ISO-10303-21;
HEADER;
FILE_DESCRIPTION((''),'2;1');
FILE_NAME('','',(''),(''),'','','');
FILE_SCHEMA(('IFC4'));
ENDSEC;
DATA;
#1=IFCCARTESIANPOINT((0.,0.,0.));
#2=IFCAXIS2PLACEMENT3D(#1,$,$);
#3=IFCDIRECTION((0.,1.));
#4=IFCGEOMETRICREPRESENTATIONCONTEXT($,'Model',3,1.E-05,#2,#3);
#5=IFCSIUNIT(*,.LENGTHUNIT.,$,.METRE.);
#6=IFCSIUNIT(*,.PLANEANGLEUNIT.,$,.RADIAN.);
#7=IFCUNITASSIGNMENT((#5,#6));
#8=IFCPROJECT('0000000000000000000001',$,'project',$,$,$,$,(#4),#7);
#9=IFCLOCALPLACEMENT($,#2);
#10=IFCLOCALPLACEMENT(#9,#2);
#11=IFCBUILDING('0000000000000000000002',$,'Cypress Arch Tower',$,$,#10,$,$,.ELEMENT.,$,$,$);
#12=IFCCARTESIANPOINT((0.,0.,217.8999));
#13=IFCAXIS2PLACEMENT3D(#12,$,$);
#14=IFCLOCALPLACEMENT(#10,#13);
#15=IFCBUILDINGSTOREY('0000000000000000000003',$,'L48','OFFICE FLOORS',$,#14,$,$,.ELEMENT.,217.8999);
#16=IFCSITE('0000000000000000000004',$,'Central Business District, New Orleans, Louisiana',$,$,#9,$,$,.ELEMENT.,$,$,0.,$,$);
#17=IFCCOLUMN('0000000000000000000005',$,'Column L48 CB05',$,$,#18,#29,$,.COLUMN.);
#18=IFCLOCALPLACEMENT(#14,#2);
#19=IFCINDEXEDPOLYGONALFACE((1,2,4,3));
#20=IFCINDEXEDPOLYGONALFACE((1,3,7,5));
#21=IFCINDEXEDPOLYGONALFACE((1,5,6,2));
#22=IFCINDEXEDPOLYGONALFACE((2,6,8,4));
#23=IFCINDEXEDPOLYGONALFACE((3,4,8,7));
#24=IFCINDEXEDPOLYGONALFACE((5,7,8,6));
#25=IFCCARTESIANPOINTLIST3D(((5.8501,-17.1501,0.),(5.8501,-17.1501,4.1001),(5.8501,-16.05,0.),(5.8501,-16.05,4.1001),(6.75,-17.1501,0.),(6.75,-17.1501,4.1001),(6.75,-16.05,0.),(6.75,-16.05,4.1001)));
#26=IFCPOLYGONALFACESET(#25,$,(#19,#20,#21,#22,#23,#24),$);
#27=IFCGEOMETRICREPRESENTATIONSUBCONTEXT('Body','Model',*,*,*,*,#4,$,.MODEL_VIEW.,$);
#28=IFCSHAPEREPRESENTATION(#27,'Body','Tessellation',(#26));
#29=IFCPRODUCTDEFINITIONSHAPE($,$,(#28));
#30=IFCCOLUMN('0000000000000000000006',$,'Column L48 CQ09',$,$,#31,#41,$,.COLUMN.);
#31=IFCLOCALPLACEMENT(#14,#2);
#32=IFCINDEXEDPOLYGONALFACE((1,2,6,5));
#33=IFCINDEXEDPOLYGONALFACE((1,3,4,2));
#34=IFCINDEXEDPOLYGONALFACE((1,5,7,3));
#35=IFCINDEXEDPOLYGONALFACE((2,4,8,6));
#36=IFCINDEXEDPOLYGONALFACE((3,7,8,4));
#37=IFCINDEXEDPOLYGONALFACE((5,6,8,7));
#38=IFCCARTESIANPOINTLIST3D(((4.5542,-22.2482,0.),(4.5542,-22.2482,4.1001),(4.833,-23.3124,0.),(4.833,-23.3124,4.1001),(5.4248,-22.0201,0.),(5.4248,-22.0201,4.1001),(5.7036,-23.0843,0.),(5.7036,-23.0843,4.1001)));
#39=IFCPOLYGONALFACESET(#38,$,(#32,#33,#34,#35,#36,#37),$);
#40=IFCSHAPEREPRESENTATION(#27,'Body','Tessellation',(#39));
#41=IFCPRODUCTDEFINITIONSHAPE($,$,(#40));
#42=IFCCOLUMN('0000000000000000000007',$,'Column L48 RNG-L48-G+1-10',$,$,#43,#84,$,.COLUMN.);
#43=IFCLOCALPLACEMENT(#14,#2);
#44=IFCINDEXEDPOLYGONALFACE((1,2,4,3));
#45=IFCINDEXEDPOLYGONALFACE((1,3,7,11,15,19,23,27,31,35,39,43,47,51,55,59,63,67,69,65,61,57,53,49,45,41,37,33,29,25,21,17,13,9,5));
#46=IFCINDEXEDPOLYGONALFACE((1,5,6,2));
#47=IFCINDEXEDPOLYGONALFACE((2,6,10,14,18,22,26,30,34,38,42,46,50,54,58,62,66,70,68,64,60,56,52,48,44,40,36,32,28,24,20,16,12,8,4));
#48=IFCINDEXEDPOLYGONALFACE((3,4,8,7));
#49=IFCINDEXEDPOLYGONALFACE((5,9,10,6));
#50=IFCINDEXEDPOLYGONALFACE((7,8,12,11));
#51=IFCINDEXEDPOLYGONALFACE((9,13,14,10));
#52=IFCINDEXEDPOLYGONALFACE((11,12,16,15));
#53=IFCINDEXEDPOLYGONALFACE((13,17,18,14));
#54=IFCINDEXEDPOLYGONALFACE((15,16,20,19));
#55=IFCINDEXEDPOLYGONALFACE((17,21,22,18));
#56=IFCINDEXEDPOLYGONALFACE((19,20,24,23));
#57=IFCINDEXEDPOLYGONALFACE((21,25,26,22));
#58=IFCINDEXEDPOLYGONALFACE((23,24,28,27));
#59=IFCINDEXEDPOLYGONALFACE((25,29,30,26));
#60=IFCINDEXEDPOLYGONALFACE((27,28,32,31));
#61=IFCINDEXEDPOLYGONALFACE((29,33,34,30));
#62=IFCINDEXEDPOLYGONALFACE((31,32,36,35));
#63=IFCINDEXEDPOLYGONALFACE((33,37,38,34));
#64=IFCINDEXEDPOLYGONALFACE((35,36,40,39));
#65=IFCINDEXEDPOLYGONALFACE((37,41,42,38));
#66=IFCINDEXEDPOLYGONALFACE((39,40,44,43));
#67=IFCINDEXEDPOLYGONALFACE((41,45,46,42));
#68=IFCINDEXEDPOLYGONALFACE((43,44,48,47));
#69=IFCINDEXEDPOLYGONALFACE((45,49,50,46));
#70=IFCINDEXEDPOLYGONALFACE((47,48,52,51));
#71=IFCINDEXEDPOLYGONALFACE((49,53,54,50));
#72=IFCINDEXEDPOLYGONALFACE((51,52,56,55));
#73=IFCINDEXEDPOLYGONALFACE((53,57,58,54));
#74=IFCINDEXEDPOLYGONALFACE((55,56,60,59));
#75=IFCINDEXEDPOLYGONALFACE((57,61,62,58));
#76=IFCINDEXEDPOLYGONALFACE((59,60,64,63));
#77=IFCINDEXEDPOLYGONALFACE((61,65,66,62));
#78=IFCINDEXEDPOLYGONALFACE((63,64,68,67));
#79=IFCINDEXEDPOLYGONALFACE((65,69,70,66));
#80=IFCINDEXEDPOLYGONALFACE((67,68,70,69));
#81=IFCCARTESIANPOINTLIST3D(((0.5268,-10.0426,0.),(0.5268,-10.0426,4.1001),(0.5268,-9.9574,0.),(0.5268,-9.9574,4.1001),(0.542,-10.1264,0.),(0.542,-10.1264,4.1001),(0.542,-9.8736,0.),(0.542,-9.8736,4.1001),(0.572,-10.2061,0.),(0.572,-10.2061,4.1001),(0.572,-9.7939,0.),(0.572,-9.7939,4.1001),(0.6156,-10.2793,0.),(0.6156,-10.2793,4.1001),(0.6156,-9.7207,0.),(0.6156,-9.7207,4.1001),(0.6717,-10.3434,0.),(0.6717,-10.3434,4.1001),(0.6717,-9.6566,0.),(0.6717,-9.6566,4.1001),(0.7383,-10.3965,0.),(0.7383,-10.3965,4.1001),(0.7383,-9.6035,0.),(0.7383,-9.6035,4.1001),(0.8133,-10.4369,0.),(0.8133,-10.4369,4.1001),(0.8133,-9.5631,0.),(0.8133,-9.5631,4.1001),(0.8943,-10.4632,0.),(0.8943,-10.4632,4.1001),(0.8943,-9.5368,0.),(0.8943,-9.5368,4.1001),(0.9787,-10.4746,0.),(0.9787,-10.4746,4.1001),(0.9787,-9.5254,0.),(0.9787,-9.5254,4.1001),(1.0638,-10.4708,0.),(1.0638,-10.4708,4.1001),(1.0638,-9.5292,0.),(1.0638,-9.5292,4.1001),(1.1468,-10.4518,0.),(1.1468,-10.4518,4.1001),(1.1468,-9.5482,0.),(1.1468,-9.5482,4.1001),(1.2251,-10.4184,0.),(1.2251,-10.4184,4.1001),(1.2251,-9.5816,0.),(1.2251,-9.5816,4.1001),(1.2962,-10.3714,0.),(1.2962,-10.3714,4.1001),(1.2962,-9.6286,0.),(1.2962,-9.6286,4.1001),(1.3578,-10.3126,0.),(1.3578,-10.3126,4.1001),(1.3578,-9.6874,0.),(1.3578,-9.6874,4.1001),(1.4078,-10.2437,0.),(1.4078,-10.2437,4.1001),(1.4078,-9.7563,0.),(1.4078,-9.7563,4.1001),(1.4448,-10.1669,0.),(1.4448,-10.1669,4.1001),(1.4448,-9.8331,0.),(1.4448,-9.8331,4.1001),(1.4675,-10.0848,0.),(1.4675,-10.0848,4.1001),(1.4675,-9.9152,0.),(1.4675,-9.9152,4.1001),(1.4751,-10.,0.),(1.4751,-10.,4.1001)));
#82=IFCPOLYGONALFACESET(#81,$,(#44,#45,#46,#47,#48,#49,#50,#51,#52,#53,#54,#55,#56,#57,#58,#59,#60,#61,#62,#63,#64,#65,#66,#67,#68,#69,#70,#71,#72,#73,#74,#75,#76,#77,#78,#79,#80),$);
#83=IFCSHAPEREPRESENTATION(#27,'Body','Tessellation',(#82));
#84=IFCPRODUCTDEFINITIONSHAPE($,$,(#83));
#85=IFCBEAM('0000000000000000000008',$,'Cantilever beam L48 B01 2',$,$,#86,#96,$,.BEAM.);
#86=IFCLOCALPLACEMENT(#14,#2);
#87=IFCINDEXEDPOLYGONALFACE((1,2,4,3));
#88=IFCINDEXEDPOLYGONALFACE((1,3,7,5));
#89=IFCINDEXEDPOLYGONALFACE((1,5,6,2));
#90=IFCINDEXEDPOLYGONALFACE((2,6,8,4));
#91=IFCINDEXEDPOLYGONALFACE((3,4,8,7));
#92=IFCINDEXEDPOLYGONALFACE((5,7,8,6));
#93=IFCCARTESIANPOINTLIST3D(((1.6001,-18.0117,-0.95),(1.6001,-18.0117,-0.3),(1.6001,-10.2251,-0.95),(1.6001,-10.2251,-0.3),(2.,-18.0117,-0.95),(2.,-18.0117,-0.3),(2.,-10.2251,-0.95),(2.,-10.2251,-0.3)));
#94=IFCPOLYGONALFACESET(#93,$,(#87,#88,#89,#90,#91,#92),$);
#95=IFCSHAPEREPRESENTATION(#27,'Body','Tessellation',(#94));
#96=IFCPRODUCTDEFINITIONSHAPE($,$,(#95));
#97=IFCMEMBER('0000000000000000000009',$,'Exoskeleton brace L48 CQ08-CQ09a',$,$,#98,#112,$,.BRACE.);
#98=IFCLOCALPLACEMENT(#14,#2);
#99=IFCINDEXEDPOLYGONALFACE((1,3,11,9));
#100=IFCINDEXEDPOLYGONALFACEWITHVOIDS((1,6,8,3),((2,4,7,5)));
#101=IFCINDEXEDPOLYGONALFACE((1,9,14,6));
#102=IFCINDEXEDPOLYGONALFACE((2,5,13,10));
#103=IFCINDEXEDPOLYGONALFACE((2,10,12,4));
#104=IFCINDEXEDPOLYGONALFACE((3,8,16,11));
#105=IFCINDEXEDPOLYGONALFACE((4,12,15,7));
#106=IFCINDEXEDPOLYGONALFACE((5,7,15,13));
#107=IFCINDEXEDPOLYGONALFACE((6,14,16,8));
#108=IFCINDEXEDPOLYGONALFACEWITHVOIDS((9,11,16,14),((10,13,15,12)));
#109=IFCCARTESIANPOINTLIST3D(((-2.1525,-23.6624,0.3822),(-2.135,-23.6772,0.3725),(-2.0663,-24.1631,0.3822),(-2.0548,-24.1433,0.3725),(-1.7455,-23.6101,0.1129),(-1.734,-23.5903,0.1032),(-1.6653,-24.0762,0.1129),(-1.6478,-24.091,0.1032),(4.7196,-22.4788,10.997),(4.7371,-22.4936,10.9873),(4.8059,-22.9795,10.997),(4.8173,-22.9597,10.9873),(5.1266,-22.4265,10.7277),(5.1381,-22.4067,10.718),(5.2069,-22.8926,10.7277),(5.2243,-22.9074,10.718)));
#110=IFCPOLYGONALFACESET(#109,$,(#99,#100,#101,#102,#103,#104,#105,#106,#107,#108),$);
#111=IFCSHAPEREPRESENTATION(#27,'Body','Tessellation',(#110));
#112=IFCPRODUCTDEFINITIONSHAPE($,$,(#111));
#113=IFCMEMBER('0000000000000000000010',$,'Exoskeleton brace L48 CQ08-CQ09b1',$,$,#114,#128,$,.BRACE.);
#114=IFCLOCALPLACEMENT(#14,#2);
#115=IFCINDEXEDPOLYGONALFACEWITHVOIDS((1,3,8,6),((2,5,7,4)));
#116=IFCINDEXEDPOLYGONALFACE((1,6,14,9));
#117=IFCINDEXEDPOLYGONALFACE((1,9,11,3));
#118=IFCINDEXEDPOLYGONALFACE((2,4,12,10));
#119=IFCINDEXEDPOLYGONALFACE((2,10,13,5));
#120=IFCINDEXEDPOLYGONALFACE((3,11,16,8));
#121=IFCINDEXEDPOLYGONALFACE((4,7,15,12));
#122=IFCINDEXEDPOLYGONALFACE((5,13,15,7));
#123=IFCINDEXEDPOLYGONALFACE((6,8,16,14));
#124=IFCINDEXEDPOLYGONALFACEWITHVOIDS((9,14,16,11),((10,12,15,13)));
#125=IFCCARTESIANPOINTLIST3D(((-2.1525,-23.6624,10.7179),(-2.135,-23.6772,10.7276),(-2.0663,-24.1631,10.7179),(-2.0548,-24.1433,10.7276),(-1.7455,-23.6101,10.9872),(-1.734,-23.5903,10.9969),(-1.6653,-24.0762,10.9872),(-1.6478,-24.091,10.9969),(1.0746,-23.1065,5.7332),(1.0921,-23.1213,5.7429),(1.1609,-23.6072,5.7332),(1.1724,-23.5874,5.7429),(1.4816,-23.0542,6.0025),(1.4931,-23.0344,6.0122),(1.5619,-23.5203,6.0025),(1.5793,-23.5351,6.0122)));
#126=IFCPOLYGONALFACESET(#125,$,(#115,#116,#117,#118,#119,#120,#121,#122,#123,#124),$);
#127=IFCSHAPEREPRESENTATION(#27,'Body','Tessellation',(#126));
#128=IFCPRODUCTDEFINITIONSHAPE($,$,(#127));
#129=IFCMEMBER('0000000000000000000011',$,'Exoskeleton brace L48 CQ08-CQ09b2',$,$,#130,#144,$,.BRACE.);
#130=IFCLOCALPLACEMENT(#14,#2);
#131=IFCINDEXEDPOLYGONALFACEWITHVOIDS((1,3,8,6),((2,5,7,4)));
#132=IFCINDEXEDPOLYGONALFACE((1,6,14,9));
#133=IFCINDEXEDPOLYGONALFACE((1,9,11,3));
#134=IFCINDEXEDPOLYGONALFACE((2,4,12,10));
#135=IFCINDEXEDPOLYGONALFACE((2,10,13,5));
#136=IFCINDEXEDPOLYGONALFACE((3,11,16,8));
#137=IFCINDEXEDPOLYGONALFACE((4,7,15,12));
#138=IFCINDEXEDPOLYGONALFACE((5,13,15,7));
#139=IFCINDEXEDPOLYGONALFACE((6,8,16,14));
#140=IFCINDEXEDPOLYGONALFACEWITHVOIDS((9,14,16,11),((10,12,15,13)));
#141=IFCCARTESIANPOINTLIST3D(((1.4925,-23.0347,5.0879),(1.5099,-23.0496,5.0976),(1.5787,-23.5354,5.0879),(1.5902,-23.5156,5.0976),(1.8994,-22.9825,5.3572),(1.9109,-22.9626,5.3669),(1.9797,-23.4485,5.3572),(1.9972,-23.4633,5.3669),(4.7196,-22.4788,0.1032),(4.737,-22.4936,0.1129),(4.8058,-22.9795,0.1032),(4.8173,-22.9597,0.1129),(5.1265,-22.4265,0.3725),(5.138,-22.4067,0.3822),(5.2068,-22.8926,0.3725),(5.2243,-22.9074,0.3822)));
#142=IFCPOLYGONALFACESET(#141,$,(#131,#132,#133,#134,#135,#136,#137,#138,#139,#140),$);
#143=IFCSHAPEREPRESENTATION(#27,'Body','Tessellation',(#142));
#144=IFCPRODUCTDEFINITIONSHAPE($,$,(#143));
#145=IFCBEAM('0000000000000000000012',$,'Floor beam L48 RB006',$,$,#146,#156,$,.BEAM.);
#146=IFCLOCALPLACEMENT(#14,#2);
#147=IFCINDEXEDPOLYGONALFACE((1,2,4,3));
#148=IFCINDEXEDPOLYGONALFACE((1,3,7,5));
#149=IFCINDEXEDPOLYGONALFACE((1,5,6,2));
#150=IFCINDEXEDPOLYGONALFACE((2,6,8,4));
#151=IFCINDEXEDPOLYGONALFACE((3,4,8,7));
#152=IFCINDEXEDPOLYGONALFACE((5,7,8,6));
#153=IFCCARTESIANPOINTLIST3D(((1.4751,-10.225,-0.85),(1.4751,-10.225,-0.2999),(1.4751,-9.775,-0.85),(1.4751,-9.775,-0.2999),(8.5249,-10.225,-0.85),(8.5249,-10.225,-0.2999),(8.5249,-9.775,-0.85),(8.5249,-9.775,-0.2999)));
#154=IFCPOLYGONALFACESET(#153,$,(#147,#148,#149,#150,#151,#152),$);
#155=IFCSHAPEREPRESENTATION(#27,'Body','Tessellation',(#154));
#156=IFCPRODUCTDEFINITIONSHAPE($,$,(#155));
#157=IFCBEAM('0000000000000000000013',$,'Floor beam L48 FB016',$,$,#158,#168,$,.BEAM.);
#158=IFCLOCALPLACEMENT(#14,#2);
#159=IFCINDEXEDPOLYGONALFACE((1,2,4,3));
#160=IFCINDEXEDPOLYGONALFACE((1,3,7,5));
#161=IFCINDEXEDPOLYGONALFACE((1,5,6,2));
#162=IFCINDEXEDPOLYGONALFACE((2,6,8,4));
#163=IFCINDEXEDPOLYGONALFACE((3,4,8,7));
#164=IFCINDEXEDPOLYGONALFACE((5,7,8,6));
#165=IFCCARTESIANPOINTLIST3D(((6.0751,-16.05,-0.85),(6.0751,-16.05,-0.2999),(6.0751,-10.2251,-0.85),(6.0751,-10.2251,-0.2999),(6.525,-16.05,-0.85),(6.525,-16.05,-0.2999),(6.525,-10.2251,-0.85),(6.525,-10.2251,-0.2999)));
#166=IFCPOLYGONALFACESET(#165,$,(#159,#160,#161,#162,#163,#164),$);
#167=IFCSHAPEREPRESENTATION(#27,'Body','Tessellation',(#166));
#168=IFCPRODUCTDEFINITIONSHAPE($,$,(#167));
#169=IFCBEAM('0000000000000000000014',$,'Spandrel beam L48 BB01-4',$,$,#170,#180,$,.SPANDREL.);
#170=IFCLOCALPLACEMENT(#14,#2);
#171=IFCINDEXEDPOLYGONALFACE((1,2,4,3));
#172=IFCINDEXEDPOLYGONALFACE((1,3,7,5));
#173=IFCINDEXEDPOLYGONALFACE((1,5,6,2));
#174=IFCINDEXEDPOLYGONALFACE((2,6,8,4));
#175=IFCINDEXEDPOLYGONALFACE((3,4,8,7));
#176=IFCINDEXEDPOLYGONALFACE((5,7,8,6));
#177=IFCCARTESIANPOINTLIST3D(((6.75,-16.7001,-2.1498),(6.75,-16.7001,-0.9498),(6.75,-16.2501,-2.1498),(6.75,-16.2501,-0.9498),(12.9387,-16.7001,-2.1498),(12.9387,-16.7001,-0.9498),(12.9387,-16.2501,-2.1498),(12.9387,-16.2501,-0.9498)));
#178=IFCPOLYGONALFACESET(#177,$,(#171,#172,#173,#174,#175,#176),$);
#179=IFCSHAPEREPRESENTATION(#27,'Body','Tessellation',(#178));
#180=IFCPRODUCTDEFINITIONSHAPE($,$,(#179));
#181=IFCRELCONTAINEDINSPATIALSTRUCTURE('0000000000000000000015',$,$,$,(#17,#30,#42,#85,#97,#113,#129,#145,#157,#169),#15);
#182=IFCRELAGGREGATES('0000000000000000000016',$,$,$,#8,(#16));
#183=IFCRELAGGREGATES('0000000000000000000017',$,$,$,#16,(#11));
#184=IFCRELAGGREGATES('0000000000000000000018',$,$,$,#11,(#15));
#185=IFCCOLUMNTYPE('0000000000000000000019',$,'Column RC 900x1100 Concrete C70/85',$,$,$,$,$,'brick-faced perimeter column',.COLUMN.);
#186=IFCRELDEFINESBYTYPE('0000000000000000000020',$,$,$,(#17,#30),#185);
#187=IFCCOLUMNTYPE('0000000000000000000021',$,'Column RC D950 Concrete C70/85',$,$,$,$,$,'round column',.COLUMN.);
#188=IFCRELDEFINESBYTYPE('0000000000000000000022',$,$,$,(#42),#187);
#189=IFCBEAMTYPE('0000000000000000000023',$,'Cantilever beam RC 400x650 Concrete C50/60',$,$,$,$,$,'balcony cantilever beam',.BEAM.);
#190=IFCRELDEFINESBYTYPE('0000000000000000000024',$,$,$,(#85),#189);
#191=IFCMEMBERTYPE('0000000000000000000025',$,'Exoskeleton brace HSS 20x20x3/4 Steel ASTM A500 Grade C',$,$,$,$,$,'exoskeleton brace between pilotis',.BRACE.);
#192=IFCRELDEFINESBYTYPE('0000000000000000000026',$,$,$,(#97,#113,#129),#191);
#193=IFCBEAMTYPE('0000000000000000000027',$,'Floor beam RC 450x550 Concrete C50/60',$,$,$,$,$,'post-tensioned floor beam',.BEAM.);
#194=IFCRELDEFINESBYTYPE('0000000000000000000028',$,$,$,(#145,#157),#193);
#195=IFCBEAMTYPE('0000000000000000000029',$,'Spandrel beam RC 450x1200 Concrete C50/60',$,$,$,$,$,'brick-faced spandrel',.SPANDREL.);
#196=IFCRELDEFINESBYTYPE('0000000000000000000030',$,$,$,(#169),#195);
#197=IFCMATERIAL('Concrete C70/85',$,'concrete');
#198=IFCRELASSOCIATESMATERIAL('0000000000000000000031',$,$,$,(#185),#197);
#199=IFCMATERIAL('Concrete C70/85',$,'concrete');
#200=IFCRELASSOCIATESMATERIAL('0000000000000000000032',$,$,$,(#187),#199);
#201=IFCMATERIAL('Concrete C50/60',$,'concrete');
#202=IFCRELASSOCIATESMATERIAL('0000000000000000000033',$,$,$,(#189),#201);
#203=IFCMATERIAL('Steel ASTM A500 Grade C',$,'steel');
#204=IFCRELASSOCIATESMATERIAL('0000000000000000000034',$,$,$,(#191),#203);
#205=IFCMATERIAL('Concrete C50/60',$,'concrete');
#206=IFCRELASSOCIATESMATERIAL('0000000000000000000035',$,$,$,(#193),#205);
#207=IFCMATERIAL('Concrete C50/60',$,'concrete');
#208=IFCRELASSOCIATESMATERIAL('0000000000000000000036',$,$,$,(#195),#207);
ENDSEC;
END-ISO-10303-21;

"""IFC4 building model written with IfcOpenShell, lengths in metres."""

from ifc_helpers import new_model, si_unit, direction, frame, origin, origin_2d, place, context, subcontext, project, spatial, rectangle, hollow_rectangle, circle, extrude, material, material_profile, profile_set, type_object, element, save


model = new_model("IFC4")

# Units and contexts
model_context = context("Model", 3, precision=1e-05, world=origin(), true_north=direction((0.0, 1.0)))
body_context = subcontext(model_context, "Body", "Model", "MODEL_VIEW")
ifc_project = project(units=[si_unit("LENGTHUNIT", "METRE"), si_unit("PLANEANGLEUNIT", "RADIAN")], contexts=[model_context])

# Site, building, storey
site_placement = place(None, origin())
site = spatial("IfcSite", under=ifc_project, at=site_placement, Name="Central Business District, New Orleans, Louisiana", CompositionType="ELEMENT", RefElevation=0.0)
building_placement = place(site_placement, origin())
building = spatial("IfcBuilding", under=site, at=building_placement, Name="Cypress Arch Tower", CompositionType="ELEMENT")
storey_placement = place(building_placement, frame((0.0, 0.0, 217.8999)))
storey = spatial("IfcBuildingStorey", under=building, at=storey_placement, Name="L48", Description="OFFICE FLOORS", CompositionType="ELEMENT", Elevation=217.8999)

# Columns
ifc_material_1 = material(Name="Concrete C70/85", Category="concrete")
ifc_material_profile_1 = material_profile(ifc_material_1, rectangle(XDim=0.8999, YDim=1.1001, at=origin_2d()), Name="RC 900x1100")
ifc_profile_set_1 = profile_set([ifc_material_profile_1], Name="Concrete C70/85")
column_type_1 = type_object("IfcColumnType", Name="Column RC 900x1100 Concrete C70/85", ElementType="brick-faced perimeter column", PredefinedType="COLUMN", material=ifc_profile_set_1)
for number, where, z_axis, x_axis, name in (
    (1, (6.3, -16.6001, 0.0), (0.0, 0.0, 1.0), (1.0, 0.0, 0.0), "Column L48 CB05"),
    (2, (5.1289, -22.6663, 0.0), (0.0, 0.0, 1.0), (0.967356, 0.253422, 0.0), "Column L48 CQ09"),
):
    element("IfcColumn", number, at=place(storey_placement, frame(where, z_axis=z_axis, x_axis=x_axis)), inside=storey, type_object=column_type_1, Name=name, PredefinedType="COLUMN", context=body_context, shape_type="SweptSolid", body=[
        extrude(rectangle(XDim=0.8999, YDim=1.1001, at=origin_2d()), origin(), (0.0, 0.0, 1.0), 4.1001),
    ])
ifc_material_2 = material(Name="Concrete C70/85", Category="concrete")
ifc_material_profile_2 = material_profile(ifc_material_2, circle(Radius=0.4751, at=origin_2d()), Name="RC D950")
ifc_profile_set_2 = profile_set([ifc_material_profile_2], Name="Concrete C70/85")
column_type_2 = type_object("IfcColumnType", Name="Column RC D950 Concrete C70/85", ElementType="round column", PredefinedType="COLUMN", material=ifc_profile_set_2)
column_placement = place(storey_placement, frame((1.0, -10.0, 0.0), z_axis=(0.0, 0.0, 1.0), x_axis=(1.0, 0.0, 0.0)))
element("IfcColumn", 3, at=column_placement, inside=storey, type_object=column_type_2, Name="Column L48 RNG-L48-G+1-10", PredefinedType="COLUMN", context=body_context, shape_type="SweptSolid", body=[
    extrude(circle(Radius=0.4751, at=origin_2d()), origin(), (0.0, 0.0, 1.0), 4.1001),
])

# Beam
ifc_material_3 = material(Name="Concrete C50/60", Category="concrete")
ifc_material_profile_3 = material_profile(ifc_material_3, rectangle(XDim=0.3999, YDim=0.6499, at=origin_2d()), Name="RC 400x650")
ifc_profile_set_3 = profile_set([ifc_material_profile_3], Name="Concrete C50/60")
beam_type_1 = type_object("IfcBeamType", Name="Cantilever beam RC 400x650 Concrete C50/60", ElementType="balcony cantilever beam", PredefinedType="BEAM", material=ifc_profile_set_3)
beam_1_placement = place(storey_placement, frame((1.8, -10.2251, -0.625), z_axis=(0.0, -1.0, 0.0), x_axis=(1.0, 0.0, 0.0)))
element("IfcBeam", 4, at=beam_1_placement, inside=storey, type_object=beam_type_1, Name="Cantilever beam L48 B01 2", PredefinedType="BEAM", context=body_context, shape_type="SweptSolid", body=[
    extrude(rectangle(XDim=0.3999, YDim=0.6499, at=origin_2d()), origin(), (0.0, 0.0, 1.0), 7.7866),
])

# Members
ifc_material_4 = material(Name="Steel ASTM A500 Grade C", Category="steel")
ifc_material_profile_4 = material_profile(ifc_material_4, hollow_rectangle(XDim=0.5081, YDim=0.5081, WallThickness=0.0176, at=origin_2d()), Name="HSS 20x20x3/4")
ifc_profile_set_4 = profile_set([ifc_material_profile_4], Name="Steel ASTM A500 Grade C")
member_type = type_object("IfcMemberType", Name="Exoskeleton brace HSS 20x20x3/4 Steel ASTM A500 Grade C", ElementType="exoskeleton brace between pilotis", PredefinedType="BRACE", material=ifc_profile_set_4)
member_placement = place(storey_placement, frame((-1.9001, -23.8767, 0.2427), z_axis=(0.541093, 0.093194, 0.835783), x_axis=(-0.169733, 0.98549, 0.0)))
element("IfcMember", 5, at=member_placement, inside=storey, type_object=member_type, Name="Exoskeleton brace L48 CQ08-CQ09a", PredefinedType="BRACE", context=body_context, shape_type="SweptSolid", body=[
    extrude(hollow_rectangle(XDim=0.5081, YDim=0.5081, WallThickness=0.0176, at=origin_2d()), origin(), (0.0, 0.0, 1.0), 12.7004),
])
for number, where, z_axis, x_axis, name in (
    (6, (-1.9001, -23.8767, 10.8574), (0.541088, 0.093211, -0.835784), (-0.169765, 0.985485, 0.0), "Exoskeleton brace L48 CQ08-CQ09b1"),
    (7, (4.9719, -22.6931, 0.2427), (-0.541088, -0.093211, 0.835784), (0.169765, -0.985485, 0.0), "Exoskeleton brace L48 CQ08-CQ09b2"),
):
    element("IfcMember", number, at=place(storey_placement, frame(where, z_axis=z_axis, x_axis=x_axis)), inside=storey, type_object=member_type, Name=name, PredefinedType="BRACE", context=body_context, shape_type="SweptSolid", body=[
        extrude(hollow_rectangle(XDim=0.5081, YDim=0.5081, WallThickness=0.0176, at=origin_2d()), origin(), (0.0, 0.0, 1.0), 5.9641),
    ])

# Beams
ifc_material_5 = material(Name="Concrete C50/60", Category="concrete")
ifc_material_profile_5 = material_profile(ifc_material_5, rectangle(XDim=0.45, YDim=0.55, at=origin_2d()), Name="RC 450x550")
ifc_profile_set_5 = profile_set([ifc_material_profile_5], Name="Concrete C50/60")
beam_type_2 = type_object("IfcBeamType", Name="Floor beam RC 450x550 Concrete C50/60", ElementType="post-tensioned floor beam", PredefinedType="BEAM", material=ifc_profile_set_5)
beam_2_placement = place(storey_placement, frame((1.4751, -10.0, -0.575), z_axis=(1.0, 0.0, 0.0), x_axis=(0.0, 1.0, 0.0)))
element("IfcBeam", 8, at=beam_2_placement, inside=storey, type_object=beam_type_2, Name="Floor beam L48 RB006", PredefinedType="BEAM", context=body_context, shape_type="SweptSolid", body=[
    extrude(rectangle(XDim=0.45, YDim=0.55, at=origin_2d()), origin(), (0.0, 0.0, 1.0), 7.0498),
])
beam_3_placement = place(storey_placement, frame((6.3, -16.05, -0.575), z_axis=(0.0, 1.0, 0.0), x_axis=(-1.0, 0.0, 0.0)))
element("IfcBeam", 9, at=beam_3_placement, inside=storey, type_object=beam_type_2, Name="Floor beam L48 FB016", PredefinedType="BEAM", context=body_context, shape_type="SweptSolid", body=[
    extrude(rectangle(XDim=0.45, YDim=0.55, at=origin_2d()), origin(), (0.0, 0.0, 1.0), 5.825),
])
ifc_material_6 = material(Name="Concrete C50/60", Category="concrete")
ifc_material_profile_6 = material_profile(ifc_material_6, rectangle(XDim=0.45, YDim=1.2, at=origin_2d()), Name="RC 450x1200")
ifc_profile_set_6 = profile_set([ifc_material_profile_6], Name="Concrete C50/60")
beam_type_3 = type_object("IfcBeamType", Name="Spandrel beam RC 450x1200 Concrete C50/60", ElementType="brick-faced spandrel", PredefinedType="SPANDREL", material=ifc_profile_set_6)
beam_4_placement = place(storey_placement, frame((6.75, -16.4751, -1.5498), z_axis=(1.0, 0.0, 0.0), x_axis=(0.0, 1.0, 0.0)))
element("IfcBeam", 10, at=beam_4_placement, inside=storey, type_object=beam_type_3, Name="Spandrel beam L48 BB01-4", PredefinedType="SPANDREL", context=body_context, shape_type="SweptSolid", body=[
    extrude(rectangle(XDim=0.45, YDim=1.2, at=origin_2d()), origin(), (0.0, 0.0, 1.0), 6.1887),
])

save(model, "model.ifc")
